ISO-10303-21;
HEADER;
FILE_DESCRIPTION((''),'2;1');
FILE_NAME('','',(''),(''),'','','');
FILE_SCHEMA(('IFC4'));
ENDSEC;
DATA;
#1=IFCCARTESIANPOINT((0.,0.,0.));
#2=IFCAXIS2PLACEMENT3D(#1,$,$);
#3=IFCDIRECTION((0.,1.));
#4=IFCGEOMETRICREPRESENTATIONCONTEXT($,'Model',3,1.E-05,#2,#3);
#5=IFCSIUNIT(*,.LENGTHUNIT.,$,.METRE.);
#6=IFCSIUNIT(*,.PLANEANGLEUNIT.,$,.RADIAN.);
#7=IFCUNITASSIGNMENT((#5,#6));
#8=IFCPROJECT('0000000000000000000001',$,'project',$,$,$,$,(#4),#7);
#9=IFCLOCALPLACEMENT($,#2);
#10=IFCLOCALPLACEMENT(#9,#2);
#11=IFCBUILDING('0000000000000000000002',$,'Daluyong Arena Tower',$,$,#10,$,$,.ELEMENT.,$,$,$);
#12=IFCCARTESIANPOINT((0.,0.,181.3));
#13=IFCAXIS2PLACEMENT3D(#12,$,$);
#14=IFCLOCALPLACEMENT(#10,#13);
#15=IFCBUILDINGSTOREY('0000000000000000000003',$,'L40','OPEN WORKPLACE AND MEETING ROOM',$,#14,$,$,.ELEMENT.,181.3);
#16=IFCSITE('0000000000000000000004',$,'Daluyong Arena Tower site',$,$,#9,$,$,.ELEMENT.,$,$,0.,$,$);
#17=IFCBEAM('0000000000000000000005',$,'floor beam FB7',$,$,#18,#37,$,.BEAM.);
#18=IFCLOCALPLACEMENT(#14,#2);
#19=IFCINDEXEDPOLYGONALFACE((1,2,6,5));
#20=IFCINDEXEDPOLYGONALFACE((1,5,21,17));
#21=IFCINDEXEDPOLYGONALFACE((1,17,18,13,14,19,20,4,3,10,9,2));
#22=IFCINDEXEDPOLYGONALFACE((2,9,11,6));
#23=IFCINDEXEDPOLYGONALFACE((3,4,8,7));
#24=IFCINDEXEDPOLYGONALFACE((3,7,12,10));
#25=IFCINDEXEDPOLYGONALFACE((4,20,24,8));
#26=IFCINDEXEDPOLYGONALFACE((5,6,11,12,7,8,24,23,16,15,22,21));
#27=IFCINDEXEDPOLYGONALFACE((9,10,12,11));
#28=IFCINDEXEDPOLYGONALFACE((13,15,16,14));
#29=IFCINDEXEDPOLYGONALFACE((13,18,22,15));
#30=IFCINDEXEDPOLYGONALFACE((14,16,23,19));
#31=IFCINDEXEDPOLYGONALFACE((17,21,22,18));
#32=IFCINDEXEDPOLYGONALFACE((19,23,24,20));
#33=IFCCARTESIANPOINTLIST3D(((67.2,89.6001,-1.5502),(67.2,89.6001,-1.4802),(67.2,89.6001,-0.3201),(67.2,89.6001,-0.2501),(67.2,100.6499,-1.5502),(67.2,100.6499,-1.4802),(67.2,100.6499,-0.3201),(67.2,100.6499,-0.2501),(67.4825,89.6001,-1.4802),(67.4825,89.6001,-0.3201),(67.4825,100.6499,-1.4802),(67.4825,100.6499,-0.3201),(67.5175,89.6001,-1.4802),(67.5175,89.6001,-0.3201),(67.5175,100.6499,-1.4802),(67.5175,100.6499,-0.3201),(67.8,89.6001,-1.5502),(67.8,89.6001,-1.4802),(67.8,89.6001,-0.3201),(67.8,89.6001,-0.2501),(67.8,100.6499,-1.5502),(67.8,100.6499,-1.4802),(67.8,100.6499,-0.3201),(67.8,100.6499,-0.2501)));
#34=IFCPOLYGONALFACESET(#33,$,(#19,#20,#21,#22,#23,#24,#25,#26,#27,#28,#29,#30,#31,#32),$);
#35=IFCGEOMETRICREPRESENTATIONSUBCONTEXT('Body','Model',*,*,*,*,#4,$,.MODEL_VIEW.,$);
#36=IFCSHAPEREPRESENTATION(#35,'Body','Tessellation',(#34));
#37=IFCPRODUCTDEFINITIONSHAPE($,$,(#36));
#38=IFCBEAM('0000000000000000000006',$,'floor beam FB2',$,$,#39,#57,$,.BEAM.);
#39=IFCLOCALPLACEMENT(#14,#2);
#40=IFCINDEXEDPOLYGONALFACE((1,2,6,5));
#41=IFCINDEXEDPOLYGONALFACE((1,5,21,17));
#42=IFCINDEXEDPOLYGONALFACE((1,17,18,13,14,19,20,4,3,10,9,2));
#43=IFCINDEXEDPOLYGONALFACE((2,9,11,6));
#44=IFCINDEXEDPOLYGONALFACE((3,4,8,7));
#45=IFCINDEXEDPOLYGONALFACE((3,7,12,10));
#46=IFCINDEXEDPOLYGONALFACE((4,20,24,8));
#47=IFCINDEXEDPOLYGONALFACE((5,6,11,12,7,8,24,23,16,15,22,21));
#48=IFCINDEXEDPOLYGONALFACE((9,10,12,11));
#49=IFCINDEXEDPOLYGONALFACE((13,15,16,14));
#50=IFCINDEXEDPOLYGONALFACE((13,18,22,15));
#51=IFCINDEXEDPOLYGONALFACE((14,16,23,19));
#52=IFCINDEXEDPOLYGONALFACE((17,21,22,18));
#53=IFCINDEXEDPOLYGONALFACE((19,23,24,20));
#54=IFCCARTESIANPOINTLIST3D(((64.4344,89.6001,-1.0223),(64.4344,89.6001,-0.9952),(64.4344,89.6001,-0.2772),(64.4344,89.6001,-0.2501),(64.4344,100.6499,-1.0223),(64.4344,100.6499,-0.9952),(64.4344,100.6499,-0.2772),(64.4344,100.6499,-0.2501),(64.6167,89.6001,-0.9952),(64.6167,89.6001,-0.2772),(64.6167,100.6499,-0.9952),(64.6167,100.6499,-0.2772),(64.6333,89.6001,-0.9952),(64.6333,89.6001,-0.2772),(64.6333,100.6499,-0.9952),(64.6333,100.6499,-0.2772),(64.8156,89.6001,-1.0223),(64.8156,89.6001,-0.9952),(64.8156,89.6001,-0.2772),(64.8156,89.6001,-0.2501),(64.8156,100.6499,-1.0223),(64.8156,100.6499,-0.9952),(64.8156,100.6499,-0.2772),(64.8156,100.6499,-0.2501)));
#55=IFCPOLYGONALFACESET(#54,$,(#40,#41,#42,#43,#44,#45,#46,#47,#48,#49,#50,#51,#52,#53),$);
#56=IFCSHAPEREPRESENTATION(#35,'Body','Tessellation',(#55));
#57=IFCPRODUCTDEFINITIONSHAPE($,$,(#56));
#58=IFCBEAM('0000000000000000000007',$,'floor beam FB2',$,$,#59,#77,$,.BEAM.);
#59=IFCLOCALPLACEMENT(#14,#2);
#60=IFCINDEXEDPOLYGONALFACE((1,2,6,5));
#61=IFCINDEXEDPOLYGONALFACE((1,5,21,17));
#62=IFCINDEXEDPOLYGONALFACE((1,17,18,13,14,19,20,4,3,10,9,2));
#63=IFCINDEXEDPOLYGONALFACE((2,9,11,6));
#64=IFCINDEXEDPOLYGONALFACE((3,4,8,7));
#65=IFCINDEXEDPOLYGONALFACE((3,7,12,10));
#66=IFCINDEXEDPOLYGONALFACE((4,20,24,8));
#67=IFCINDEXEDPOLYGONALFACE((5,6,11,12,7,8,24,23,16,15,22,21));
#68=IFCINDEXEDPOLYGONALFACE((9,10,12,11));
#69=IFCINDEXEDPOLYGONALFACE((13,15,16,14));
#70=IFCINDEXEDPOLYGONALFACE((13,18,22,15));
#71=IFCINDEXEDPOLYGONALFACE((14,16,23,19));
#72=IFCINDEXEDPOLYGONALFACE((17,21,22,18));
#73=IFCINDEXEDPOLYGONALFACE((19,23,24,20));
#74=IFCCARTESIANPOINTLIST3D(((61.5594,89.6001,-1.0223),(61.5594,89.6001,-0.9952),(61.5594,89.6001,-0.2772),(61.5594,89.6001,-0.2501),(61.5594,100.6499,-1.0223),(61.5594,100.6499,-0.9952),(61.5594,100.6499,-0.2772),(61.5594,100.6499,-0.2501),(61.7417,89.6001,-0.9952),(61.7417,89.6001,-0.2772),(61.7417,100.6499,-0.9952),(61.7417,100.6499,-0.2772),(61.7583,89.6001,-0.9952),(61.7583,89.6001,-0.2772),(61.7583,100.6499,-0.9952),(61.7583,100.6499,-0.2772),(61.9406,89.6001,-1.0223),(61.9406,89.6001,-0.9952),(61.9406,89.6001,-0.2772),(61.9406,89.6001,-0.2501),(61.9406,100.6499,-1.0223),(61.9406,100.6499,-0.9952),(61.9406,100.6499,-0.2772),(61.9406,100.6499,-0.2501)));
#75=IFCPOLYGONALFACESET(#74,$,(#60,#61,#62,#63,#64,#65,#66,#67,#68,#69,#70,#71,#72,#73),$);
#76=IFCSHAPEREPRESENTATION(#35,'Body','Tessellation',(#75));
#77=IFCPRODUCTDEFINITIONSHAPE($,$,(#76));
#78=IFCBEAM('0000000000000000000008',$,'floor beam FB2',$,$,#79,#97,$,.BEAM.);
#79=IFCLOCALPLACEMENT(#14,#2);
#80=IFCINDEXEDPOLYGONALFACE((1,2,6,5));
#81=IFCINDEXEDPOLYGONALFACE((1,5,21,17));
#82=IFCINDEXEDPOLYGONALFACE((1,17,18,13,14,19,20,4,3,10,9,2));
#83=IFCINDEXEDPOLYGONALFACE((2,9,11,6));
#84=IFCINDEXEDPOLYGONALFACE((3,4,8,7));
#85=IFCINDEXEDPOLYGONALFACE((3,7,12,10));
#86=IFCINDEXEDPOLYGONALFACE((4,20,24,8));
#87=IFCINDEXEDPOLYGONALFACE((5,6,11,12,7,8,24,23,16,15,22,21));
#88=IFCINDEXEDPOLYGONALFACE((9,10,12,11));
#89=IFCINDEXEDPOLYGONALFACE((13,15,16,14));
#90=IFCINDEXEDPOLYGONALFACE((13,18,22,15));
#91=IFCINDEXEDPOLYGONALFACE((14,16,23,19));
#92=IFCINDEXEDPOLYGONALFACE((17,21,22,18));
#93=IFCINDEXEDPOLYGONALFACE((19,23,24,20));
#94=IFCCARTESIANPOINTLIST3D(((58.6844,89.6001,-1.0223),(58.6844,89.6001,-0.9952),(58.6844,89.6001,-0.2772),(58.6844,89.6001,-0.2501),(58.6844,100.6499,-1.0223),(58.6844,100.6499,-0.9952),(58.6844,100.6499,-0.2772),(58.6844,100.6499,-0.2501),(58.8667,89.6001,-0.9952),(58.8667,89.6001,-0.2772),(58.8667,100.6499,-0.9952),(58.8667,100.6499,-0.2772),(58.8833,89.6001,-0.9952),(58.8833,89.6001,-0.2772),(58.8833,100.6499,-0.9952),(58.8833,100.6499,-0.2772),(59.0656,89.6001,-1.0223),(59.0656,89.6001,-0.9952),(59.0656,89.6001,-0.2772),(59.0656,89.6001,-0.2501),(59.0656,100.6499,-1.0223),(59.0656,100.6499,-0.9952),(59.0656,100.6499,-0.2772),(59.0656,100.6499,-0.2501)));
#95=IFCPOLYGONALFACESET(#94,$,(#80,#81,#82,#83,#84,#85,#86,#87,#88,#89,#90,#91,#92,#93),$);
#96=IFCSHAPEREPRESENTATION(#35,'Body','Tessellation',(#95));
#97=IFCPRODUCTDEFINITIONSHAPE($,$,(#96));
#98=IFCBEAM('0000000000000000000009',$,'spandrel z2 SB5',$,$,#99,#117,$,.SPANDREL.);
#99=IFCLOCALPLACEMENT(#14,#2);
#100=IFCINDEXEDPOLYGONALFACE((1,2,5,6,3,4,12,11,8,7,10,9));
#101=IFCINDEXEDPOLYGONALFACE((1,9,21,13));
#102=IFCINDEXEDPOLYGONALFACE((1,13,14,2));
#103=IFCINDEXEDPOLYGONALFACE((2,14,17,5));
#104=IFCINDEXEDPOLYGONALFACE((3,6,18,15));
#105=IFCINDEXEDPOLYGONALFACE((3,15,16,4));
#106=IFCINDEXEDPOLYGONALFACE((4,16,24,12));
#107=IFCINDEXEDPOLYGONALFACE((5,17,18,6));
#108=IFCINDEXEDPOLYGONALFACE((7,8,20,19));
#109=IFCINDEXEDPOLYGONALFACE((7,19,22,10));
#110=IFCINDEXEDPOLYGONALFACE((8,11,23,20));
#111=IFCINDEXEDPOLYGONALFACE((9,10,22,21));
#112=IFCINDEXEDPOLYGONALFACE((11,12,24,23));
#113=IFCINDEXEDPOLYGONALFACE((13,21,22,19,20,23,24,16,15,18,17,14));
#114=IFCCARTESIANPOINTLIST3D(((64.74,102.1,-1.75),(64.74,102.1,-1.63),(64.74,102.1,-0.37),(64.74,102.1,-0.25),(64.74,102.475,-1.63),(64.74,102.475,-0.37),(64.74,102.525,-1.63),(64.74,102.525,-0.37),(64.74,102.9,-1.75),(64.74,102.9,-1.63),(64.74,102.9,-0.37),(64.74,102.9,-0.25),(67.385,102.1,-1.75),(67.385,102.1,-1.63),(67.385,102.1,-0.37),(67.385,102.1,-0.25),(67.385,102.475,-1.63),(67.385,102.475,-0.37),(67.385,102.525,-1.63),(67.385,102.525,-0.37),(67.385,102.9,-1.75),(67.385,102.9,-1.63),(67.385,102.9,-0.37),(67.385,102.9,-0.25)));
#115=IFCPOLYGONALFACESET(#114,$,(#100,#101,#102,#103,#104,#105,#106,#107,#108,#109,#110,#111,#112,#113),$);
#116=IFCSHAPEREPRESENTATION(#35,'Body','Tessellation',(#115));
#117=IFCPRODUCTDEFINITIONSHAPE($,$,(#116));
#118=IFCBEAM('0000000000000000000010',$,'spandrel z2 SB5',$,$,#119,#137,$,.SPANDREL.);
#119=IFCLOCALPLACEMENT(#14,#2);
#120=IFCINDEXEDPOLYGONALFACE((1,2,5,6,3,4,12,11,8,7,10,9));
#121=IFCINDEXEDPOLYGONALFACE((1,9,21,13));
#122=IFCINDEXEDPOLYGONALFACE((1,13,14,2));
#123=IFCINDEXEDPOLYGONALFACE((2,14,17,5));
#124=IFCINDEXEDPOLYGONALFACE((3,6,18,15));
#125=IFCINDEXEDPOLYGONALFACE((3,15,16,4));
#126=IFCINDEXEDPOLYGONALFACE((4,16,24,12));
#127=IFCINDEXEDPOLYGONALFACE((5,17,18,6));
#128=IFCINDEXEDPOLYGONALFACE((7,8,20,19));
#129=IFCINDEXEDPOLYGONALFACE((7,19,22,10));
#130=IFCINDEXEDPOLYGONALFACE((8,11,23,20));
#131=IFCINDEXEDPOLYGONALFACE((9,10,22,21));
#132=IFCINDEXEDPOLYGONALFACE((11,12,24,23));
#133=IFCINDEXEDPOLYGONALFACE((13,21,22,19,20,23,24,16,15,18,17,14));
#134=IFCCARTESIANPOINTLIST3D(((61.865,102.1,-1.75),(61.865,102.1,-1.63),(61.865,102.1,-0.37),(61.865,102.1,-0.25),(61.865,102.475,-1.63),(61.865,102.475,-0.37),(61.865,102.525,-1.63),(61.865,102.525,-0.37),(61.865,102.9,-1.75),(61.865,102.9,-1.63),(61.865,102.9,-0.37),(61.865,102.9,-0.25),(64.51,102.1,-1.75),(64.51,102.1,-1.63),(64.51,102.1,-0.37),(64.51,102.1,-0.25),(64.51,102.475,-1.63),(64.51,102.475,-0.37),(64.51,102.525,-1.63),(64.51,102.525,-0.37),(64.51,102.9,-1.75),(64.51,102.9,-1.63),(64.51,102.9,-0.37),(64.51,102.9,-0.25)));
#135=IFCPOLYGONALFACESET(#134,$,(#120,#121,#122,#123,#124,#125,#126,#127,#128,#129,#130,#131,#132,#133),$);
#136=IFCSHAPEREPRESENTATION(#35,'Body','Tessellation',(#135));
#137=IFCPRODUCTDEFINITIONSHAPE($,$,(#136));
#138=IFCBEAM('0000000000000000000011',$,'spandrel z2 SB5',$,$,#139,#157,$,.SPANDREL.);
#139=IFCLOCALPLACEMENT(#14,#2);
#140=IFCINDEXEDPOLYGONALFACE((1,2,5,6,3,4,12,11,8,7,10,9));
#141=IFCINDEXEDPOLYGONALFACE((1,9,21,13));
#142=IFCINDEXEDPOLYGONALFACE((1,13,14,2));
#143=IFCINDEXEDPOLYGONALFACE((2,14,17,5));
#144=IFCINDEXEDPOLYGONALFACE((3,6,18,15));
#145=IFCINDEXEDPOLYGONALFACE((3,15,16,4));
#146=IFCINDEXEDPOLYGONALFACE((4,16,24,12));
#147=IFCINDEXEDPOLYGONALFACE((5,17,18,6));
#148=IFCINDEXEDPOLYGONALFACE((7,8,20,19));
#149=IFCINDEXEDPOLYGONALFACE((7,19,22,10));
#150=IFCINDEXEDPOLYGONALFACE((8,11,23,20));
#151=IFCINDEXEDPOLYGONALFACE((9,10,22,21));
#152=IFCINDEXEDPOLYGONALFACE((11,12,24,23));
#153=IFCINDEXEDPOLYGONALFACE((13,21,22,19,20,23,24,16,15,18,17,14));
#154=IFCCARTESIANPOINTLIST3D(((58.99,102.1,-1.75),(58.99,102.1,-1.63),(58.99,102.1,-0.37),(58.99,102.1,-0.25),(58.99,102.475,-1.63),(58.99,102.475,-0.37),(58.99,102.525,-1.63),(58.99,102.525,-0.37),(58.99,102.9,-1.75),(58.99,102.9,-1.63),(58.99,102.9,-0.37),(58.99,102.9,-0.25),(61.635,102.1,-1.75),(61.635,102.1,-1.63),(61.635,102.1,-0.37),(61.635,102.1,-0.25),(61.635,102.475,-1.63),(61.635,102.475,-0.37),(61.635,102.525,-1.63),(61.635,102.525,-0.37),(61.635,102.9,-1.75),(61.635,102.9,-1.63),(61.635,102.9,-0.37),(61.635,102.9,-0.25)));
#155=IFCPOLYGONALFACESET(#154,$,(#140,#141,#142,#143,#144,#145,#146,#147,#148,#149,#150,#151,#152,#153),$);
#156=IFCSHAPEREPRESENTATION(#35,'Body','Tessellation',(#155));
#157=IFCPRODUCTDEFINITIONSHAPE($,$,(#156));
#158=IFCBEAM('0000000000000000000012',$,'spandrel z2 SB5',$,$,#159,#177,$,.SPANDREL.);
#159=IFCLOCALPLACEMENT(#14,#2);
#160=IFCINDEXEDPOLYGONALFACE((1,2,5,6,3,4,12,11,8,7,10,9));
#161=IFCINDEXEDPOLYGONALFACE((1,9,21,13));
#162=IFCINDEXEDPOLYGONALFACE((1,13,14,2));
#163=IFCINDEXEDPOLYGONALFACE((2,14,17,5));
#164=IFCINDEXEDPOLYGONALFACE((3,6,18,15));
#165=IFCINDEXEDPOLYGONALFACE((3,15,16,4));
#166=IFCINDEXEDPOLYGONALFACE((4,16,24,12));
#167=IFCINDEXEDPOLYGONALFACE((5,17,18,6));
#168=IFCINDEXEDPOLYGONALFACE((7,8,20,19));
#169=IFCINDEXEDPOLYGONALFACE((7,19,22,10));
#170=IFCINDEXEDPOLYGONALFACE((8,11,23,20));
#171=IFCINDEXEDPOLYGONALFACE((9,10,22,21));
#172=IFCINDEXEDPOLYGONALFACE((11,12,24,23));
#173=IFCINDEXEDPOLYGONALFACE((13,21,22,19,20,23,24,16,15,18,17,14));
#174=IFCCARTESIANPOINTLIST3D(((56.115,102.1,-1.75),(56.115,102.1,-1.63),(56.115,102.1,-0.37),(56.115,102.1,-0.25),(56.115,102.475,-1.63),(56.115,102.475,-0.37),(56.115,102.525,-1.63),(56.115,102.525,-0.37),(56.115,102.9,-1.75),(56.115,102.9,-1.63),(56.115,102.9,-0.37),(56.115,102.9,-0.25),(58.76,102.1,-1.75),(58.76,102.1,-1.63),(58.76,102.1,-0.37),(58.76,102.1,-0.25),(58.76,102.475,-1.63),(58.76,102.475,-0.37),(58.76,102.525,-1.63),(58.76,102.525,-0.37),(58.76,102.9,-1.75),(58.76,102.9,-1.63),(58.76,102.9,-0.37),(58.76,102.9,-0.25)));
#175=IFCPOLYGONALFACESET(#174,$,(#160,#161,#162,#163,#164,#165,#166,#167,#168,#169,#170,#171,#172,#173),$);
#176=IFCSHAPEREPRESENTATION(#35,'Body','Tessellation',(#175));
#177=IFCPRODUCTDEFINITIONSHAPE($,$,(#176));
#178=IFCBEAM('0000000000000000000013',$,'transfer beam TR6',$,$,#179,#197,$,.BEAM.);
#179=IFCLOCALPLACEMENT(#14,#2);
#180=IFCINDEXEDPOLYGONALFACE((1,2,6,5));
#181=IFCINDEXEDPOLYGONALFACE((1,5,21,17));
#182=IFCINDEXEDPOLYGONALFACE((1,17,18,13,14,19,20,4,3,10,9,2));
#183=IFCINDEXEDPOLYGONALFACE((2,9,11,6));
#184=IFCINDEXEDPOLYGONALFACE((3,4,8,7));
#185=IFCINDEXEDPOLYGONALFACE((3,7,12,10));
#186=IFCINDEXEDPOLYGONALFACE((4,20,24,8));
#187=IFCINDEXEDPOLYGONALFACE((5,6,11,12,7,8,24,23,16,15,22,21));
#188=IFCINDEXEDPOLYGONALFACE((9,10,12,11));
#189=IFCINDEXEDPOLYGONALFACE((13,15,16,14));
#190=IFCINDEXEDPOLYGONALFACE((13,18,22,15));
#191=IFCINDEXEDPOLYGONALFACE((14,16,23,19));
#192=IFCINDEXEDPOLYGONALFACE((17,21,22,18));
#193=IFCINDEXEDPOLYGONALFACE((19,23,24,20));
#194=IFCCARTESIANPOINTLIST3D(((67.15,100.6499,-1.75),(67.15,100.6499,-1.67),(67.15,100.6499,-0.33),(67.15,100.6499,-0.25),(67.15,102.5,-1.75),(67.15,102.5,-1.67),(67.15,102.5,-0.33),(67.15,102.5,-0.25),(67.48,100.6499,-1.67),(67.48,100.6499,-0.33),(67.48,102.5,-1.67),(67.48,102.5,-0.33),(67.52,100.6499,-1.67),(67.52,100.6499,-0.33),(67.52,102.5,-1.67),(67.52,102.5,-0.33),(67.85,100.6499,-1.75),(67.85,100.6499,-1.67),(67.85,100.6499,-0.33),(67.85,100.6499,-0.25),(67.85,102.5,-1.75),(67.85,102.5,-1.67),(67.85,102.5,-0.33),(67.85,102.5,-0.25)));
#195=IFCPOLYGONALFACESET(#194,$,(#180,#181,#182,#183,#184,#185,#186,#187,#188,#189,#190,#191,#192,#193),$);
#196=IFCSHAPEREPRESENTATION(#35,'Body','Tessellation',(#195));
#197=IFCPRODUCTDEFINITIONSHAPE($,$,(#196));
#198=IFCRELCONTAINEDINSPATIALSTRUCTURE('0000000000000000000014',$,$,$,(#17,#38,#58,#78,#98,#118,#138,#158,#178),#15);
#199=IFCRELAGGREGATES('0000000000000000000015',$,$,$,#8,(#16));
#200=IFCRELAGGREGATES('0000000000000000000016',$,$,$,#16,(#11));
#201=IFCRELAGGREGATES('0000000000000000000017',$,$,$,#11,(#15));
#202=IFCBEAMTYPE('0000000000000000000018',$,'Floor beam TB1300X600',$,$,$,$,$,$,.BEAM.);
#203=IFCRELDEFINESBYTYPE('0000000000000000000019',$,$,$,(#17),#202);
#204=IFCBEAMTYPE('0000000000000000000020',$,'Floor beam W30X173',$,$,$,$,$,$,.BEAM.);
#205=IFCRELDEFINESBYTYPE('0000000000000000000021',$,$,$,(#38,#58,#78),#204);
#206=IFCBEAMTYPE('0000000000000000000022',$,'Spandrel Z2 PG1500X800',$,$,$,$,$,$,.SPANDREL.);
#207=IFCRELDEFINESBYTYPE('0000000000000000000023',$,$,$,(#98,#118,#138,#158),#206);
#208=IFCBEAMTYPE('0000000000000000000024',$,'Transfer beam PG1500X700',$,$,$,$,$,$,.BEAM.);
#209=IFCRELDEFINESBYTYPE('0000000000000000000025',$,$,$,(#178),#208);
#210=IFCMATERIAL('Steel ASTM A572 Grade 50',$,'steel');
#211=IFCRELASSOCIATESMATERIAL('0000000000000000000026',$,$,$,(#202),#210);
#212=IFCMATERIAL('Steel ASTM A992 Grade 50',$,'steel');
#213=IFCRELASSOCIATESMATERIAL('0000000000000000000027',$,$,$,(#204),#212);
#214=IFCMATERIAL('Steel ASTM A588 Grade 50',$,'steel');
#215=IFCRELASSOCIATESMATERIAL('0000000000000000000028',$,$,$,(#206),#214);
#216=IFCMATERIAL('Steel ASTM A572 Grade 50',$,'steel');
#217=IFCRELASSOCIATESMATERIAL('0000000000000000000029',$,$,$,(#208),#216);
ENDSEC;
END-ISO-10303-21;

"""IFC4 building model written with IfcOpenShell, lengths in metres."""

from ifc_helpers import new_model, si_unit, direction, frame, origin, origin_2d, place, context, subcontext, project, spatial, i_section, extrude, material, material_profile, profile_set, type_object, element, save


model = new_model("IFC4")

# Units and contexts
model_context = context("Model", 3, precision=1e-05, world=origin(), true_north=direction((0.0, 1.0)))
body_context = subcontext(model_context, "Body", "Model", "MODEL_VIEW")
ifc_project = project(units=[si_unit("LENGTHUNIT", "METRE"), si_unit("PLANEANGLEUNIT", "RADIAN")], contexts=[model_context])

# Site, building, storey
site_placement = place(None, origin())
site = spatial("IfcSite", under=ifc_project, at=site_placement, Name="Daluyong Arena Tower site", CompositionType="ELEMENT", RefElevation=0.0)
building_placement = place(site_placement, origin())
building = spatial("IfcBuilding", under=site, at=building_placement, Name="Daluyong Arena Tower", CompositionType="ELEMENT")
storey_placement = place(building_placement, frame((0.0, 0.0, 181.3)))
storey = spatial("IfcBuildingStorey", under=building, at=storey_placement, Name="L40", Description="OPEN WORKPLACE AND MEETING ROOM", CompositionType="ELEMENT", Elevation=181.3)

# Beams
ifc_material_1 = material(Name="Steel ASTM A572 Grade 50", Category="steel")
ifc_material_profile_1 = material_profile(ifc_material_1, i_section(OverallWidth=0.6001, OverallDepth=1.3, WebThickness=0.035, FlangeThickness=0.07, at=origin_2d()))
ifc_profile_set_1 = profile_set([ifc_material_profile_1], Name="Steel ASTM A572 Grade 50")
beam_type_1 = type_object("IfcBeamType", Name="Floor beam TB1300X600", PredefinedType="BEAM", material=ifc_profile_set_1)
beam_placement = place(storey_placement, frame((67.5, 100.6499, -0.9001), z_axis=(0.0, -1.0, 0.0), x_axis=(1.0, 0.0, 0.0)))
element("IfcBeam", 1, at=beam_placement, inside=storey, type_object=beam_type_1, Name="floor beam FB7", PredefinedType="BEAM", context=body_context, shape_type="SweptSolid", body=[
    extrude(i_section(OverallWidth=0.6001, OverallDepth=1.3, WebThickness=0.035, FlangeThickness=0.07, at=origin_2d()), origin(), (0.0, 0.0, 1.0), 11.0498),
])
ifc_material_2 = material(Name="Steel ASTM A992 Grade 50", Category="steel")
ifc_material_profile_2 = material_profile(ifc_material_2, i_section(OverallWidth=0.3811, OverallDepth=0.7722, WebThickness=0.0166, FlangeThickness=0.0271, at=origin_2d()))
ifc_profile_set_2 = profile_set([ifc_material_profile_2], Name="Steel ASTM A992 Grade 50")
beam_type_2 = type_object("IfcBeamType", Name="Floor beam W30X173", PredefinedType="BEAM", material=ifc_profile_set_2)
for number, where, z_axis, x_axis, name in (
    (2, (64.625, 100.6499, -0.6362), (0.0, -1.0, 0.0), (1.0, 0.0, 0.0), "floor beam FB2"),
    (3, (61.75, 100.6499, -0.6362), (0.0, -1.0, 0.0), (1.0, 0.0, 0.0), "floor beam FB2"),
    (4, (58.875, 100.6499, -0.6362), (0.0, -1.0, 0.0), (1.0, 0.0, 0.0), "floor beam FB2"),
):
    element("IfcBeam", number, at=place(storey_placement, frame(where, z_axis=z_axis, x_axis=x_axis)), inside=storey, type_object=beam_type_2, Name=name, PredefinedType="BEAM", context=body_context, shape_type="SweptSolid", body=[
        extrude(i_section(OverallWidth=0.3811, OverallDepth=0.7722, WebThickness=0.0166, FlangeThickness=0.0271, at=origin_2d()), origin(), (0.0, 0.0, 1.0), 11.0498),
    ])
ifc_material_3 = material(Name="Steel ASTM A588 Grade 50", Category="steel")
ifc_material_profile_3 = material_profile(ifc_material_3, i_section(OverallWidth=0.8, OverallDepth=1.5, WebThickness=0.05, FlangeThickness=0.12, at=origin_2d()))
ifc_profile_set_3 = profile_set([ifc_material_profile_3], Name="Steel ASTM A588 Grade 50")
beam_type_3 = type_object("IfcBeamType", Name="Spandrel Z2 PG1500X800", PredefinedType="SPANDREL", material=ifc_profile_set_3)
for number, where, z_axis, x_axis, name in (
    (5, (67.385, 102.5, -1.0), (-1.0, 0.0, 0.0), (0.0, -1.0, 0.0), "spandrel z2 SB5"),
    (6, (64.51, 102.5, -1.0), (-1.0, 0.0, 0.0), (0.0, -1.0, 0.0), "spandrel z2 SB5"),
    (7, (61.635, 102.5, -1.0), (-1.0, 0.0, 0.0), (0.0, -1.0, 0.0), "spandrel z2 SB5"),
    (8, (58.76, 102.5, -1.0), (-1.0, 0.0, 0.0), (0.0, -1.0, 0.0), "spandrel z2 SB5"),
):
    element("IfcBeam", number, at=place(storey_placement, frame(where, z_axis=z_axis, x_axis=x_axis)), inside=storey, type_object=beam_type_3, Name=name, PredefinedType="SPANDREL", context=body_context, shape_type="SweptSolid", body=[
        extrude(i_section(OverallWidth=0.8, OverallDepth=1.5, WebThickness=0.05, FlangeThickness=0.12, at=origin_2d()), origin(), (0.0, 0.0, 1.0), 2.645),
    ])
ifc_material_4 = material(Name="Steel ASTM A572 Grade 50", Category="steel")
ifc_material_profile_4 = material_profile(ifc_material_4, i_section(OverallWidth=0.7, OverallDepth=1.5, WebThickness=0.04, FlangeThickness=0.08, at=origin_2d()))
ifc_profile_set_4 = profile_set([ifc_material_profile_4], Name="Steel ASTM A572 Grade 50")
beam_type_4 = type_object("IfcBeamType", Name="Transfer beam PG1500X700", PredefinedType="BEAM", material=ifc_profile_set_4)
for number, where, z_axis, x_axis, name in (
    (9, (67.5, 102.5, -1.0), (0.0, -1.0, 0.0), (1.0, 0.0, 0.0), "transfer beam TR6"),
):
    element("IfcBeam", number, at=place(storey_placement, frame(where, z_axis=z_axis, x_axis=x_axis)), inside=storey, type_object=beam_type_4, Name=name, PredefinedType="BEAM", context=body_context, shape_type="SweptSolid", body=[
        extrude(i_section(OverallWidth=0.7, OverallDepth=1.5, WebThickness=0.04, FlangeThickness=0.08, at=origin_2d()), origin(), (0.0, 0.0, 1.0), 1.8501),
    ])

save(model, "model.ifc")
